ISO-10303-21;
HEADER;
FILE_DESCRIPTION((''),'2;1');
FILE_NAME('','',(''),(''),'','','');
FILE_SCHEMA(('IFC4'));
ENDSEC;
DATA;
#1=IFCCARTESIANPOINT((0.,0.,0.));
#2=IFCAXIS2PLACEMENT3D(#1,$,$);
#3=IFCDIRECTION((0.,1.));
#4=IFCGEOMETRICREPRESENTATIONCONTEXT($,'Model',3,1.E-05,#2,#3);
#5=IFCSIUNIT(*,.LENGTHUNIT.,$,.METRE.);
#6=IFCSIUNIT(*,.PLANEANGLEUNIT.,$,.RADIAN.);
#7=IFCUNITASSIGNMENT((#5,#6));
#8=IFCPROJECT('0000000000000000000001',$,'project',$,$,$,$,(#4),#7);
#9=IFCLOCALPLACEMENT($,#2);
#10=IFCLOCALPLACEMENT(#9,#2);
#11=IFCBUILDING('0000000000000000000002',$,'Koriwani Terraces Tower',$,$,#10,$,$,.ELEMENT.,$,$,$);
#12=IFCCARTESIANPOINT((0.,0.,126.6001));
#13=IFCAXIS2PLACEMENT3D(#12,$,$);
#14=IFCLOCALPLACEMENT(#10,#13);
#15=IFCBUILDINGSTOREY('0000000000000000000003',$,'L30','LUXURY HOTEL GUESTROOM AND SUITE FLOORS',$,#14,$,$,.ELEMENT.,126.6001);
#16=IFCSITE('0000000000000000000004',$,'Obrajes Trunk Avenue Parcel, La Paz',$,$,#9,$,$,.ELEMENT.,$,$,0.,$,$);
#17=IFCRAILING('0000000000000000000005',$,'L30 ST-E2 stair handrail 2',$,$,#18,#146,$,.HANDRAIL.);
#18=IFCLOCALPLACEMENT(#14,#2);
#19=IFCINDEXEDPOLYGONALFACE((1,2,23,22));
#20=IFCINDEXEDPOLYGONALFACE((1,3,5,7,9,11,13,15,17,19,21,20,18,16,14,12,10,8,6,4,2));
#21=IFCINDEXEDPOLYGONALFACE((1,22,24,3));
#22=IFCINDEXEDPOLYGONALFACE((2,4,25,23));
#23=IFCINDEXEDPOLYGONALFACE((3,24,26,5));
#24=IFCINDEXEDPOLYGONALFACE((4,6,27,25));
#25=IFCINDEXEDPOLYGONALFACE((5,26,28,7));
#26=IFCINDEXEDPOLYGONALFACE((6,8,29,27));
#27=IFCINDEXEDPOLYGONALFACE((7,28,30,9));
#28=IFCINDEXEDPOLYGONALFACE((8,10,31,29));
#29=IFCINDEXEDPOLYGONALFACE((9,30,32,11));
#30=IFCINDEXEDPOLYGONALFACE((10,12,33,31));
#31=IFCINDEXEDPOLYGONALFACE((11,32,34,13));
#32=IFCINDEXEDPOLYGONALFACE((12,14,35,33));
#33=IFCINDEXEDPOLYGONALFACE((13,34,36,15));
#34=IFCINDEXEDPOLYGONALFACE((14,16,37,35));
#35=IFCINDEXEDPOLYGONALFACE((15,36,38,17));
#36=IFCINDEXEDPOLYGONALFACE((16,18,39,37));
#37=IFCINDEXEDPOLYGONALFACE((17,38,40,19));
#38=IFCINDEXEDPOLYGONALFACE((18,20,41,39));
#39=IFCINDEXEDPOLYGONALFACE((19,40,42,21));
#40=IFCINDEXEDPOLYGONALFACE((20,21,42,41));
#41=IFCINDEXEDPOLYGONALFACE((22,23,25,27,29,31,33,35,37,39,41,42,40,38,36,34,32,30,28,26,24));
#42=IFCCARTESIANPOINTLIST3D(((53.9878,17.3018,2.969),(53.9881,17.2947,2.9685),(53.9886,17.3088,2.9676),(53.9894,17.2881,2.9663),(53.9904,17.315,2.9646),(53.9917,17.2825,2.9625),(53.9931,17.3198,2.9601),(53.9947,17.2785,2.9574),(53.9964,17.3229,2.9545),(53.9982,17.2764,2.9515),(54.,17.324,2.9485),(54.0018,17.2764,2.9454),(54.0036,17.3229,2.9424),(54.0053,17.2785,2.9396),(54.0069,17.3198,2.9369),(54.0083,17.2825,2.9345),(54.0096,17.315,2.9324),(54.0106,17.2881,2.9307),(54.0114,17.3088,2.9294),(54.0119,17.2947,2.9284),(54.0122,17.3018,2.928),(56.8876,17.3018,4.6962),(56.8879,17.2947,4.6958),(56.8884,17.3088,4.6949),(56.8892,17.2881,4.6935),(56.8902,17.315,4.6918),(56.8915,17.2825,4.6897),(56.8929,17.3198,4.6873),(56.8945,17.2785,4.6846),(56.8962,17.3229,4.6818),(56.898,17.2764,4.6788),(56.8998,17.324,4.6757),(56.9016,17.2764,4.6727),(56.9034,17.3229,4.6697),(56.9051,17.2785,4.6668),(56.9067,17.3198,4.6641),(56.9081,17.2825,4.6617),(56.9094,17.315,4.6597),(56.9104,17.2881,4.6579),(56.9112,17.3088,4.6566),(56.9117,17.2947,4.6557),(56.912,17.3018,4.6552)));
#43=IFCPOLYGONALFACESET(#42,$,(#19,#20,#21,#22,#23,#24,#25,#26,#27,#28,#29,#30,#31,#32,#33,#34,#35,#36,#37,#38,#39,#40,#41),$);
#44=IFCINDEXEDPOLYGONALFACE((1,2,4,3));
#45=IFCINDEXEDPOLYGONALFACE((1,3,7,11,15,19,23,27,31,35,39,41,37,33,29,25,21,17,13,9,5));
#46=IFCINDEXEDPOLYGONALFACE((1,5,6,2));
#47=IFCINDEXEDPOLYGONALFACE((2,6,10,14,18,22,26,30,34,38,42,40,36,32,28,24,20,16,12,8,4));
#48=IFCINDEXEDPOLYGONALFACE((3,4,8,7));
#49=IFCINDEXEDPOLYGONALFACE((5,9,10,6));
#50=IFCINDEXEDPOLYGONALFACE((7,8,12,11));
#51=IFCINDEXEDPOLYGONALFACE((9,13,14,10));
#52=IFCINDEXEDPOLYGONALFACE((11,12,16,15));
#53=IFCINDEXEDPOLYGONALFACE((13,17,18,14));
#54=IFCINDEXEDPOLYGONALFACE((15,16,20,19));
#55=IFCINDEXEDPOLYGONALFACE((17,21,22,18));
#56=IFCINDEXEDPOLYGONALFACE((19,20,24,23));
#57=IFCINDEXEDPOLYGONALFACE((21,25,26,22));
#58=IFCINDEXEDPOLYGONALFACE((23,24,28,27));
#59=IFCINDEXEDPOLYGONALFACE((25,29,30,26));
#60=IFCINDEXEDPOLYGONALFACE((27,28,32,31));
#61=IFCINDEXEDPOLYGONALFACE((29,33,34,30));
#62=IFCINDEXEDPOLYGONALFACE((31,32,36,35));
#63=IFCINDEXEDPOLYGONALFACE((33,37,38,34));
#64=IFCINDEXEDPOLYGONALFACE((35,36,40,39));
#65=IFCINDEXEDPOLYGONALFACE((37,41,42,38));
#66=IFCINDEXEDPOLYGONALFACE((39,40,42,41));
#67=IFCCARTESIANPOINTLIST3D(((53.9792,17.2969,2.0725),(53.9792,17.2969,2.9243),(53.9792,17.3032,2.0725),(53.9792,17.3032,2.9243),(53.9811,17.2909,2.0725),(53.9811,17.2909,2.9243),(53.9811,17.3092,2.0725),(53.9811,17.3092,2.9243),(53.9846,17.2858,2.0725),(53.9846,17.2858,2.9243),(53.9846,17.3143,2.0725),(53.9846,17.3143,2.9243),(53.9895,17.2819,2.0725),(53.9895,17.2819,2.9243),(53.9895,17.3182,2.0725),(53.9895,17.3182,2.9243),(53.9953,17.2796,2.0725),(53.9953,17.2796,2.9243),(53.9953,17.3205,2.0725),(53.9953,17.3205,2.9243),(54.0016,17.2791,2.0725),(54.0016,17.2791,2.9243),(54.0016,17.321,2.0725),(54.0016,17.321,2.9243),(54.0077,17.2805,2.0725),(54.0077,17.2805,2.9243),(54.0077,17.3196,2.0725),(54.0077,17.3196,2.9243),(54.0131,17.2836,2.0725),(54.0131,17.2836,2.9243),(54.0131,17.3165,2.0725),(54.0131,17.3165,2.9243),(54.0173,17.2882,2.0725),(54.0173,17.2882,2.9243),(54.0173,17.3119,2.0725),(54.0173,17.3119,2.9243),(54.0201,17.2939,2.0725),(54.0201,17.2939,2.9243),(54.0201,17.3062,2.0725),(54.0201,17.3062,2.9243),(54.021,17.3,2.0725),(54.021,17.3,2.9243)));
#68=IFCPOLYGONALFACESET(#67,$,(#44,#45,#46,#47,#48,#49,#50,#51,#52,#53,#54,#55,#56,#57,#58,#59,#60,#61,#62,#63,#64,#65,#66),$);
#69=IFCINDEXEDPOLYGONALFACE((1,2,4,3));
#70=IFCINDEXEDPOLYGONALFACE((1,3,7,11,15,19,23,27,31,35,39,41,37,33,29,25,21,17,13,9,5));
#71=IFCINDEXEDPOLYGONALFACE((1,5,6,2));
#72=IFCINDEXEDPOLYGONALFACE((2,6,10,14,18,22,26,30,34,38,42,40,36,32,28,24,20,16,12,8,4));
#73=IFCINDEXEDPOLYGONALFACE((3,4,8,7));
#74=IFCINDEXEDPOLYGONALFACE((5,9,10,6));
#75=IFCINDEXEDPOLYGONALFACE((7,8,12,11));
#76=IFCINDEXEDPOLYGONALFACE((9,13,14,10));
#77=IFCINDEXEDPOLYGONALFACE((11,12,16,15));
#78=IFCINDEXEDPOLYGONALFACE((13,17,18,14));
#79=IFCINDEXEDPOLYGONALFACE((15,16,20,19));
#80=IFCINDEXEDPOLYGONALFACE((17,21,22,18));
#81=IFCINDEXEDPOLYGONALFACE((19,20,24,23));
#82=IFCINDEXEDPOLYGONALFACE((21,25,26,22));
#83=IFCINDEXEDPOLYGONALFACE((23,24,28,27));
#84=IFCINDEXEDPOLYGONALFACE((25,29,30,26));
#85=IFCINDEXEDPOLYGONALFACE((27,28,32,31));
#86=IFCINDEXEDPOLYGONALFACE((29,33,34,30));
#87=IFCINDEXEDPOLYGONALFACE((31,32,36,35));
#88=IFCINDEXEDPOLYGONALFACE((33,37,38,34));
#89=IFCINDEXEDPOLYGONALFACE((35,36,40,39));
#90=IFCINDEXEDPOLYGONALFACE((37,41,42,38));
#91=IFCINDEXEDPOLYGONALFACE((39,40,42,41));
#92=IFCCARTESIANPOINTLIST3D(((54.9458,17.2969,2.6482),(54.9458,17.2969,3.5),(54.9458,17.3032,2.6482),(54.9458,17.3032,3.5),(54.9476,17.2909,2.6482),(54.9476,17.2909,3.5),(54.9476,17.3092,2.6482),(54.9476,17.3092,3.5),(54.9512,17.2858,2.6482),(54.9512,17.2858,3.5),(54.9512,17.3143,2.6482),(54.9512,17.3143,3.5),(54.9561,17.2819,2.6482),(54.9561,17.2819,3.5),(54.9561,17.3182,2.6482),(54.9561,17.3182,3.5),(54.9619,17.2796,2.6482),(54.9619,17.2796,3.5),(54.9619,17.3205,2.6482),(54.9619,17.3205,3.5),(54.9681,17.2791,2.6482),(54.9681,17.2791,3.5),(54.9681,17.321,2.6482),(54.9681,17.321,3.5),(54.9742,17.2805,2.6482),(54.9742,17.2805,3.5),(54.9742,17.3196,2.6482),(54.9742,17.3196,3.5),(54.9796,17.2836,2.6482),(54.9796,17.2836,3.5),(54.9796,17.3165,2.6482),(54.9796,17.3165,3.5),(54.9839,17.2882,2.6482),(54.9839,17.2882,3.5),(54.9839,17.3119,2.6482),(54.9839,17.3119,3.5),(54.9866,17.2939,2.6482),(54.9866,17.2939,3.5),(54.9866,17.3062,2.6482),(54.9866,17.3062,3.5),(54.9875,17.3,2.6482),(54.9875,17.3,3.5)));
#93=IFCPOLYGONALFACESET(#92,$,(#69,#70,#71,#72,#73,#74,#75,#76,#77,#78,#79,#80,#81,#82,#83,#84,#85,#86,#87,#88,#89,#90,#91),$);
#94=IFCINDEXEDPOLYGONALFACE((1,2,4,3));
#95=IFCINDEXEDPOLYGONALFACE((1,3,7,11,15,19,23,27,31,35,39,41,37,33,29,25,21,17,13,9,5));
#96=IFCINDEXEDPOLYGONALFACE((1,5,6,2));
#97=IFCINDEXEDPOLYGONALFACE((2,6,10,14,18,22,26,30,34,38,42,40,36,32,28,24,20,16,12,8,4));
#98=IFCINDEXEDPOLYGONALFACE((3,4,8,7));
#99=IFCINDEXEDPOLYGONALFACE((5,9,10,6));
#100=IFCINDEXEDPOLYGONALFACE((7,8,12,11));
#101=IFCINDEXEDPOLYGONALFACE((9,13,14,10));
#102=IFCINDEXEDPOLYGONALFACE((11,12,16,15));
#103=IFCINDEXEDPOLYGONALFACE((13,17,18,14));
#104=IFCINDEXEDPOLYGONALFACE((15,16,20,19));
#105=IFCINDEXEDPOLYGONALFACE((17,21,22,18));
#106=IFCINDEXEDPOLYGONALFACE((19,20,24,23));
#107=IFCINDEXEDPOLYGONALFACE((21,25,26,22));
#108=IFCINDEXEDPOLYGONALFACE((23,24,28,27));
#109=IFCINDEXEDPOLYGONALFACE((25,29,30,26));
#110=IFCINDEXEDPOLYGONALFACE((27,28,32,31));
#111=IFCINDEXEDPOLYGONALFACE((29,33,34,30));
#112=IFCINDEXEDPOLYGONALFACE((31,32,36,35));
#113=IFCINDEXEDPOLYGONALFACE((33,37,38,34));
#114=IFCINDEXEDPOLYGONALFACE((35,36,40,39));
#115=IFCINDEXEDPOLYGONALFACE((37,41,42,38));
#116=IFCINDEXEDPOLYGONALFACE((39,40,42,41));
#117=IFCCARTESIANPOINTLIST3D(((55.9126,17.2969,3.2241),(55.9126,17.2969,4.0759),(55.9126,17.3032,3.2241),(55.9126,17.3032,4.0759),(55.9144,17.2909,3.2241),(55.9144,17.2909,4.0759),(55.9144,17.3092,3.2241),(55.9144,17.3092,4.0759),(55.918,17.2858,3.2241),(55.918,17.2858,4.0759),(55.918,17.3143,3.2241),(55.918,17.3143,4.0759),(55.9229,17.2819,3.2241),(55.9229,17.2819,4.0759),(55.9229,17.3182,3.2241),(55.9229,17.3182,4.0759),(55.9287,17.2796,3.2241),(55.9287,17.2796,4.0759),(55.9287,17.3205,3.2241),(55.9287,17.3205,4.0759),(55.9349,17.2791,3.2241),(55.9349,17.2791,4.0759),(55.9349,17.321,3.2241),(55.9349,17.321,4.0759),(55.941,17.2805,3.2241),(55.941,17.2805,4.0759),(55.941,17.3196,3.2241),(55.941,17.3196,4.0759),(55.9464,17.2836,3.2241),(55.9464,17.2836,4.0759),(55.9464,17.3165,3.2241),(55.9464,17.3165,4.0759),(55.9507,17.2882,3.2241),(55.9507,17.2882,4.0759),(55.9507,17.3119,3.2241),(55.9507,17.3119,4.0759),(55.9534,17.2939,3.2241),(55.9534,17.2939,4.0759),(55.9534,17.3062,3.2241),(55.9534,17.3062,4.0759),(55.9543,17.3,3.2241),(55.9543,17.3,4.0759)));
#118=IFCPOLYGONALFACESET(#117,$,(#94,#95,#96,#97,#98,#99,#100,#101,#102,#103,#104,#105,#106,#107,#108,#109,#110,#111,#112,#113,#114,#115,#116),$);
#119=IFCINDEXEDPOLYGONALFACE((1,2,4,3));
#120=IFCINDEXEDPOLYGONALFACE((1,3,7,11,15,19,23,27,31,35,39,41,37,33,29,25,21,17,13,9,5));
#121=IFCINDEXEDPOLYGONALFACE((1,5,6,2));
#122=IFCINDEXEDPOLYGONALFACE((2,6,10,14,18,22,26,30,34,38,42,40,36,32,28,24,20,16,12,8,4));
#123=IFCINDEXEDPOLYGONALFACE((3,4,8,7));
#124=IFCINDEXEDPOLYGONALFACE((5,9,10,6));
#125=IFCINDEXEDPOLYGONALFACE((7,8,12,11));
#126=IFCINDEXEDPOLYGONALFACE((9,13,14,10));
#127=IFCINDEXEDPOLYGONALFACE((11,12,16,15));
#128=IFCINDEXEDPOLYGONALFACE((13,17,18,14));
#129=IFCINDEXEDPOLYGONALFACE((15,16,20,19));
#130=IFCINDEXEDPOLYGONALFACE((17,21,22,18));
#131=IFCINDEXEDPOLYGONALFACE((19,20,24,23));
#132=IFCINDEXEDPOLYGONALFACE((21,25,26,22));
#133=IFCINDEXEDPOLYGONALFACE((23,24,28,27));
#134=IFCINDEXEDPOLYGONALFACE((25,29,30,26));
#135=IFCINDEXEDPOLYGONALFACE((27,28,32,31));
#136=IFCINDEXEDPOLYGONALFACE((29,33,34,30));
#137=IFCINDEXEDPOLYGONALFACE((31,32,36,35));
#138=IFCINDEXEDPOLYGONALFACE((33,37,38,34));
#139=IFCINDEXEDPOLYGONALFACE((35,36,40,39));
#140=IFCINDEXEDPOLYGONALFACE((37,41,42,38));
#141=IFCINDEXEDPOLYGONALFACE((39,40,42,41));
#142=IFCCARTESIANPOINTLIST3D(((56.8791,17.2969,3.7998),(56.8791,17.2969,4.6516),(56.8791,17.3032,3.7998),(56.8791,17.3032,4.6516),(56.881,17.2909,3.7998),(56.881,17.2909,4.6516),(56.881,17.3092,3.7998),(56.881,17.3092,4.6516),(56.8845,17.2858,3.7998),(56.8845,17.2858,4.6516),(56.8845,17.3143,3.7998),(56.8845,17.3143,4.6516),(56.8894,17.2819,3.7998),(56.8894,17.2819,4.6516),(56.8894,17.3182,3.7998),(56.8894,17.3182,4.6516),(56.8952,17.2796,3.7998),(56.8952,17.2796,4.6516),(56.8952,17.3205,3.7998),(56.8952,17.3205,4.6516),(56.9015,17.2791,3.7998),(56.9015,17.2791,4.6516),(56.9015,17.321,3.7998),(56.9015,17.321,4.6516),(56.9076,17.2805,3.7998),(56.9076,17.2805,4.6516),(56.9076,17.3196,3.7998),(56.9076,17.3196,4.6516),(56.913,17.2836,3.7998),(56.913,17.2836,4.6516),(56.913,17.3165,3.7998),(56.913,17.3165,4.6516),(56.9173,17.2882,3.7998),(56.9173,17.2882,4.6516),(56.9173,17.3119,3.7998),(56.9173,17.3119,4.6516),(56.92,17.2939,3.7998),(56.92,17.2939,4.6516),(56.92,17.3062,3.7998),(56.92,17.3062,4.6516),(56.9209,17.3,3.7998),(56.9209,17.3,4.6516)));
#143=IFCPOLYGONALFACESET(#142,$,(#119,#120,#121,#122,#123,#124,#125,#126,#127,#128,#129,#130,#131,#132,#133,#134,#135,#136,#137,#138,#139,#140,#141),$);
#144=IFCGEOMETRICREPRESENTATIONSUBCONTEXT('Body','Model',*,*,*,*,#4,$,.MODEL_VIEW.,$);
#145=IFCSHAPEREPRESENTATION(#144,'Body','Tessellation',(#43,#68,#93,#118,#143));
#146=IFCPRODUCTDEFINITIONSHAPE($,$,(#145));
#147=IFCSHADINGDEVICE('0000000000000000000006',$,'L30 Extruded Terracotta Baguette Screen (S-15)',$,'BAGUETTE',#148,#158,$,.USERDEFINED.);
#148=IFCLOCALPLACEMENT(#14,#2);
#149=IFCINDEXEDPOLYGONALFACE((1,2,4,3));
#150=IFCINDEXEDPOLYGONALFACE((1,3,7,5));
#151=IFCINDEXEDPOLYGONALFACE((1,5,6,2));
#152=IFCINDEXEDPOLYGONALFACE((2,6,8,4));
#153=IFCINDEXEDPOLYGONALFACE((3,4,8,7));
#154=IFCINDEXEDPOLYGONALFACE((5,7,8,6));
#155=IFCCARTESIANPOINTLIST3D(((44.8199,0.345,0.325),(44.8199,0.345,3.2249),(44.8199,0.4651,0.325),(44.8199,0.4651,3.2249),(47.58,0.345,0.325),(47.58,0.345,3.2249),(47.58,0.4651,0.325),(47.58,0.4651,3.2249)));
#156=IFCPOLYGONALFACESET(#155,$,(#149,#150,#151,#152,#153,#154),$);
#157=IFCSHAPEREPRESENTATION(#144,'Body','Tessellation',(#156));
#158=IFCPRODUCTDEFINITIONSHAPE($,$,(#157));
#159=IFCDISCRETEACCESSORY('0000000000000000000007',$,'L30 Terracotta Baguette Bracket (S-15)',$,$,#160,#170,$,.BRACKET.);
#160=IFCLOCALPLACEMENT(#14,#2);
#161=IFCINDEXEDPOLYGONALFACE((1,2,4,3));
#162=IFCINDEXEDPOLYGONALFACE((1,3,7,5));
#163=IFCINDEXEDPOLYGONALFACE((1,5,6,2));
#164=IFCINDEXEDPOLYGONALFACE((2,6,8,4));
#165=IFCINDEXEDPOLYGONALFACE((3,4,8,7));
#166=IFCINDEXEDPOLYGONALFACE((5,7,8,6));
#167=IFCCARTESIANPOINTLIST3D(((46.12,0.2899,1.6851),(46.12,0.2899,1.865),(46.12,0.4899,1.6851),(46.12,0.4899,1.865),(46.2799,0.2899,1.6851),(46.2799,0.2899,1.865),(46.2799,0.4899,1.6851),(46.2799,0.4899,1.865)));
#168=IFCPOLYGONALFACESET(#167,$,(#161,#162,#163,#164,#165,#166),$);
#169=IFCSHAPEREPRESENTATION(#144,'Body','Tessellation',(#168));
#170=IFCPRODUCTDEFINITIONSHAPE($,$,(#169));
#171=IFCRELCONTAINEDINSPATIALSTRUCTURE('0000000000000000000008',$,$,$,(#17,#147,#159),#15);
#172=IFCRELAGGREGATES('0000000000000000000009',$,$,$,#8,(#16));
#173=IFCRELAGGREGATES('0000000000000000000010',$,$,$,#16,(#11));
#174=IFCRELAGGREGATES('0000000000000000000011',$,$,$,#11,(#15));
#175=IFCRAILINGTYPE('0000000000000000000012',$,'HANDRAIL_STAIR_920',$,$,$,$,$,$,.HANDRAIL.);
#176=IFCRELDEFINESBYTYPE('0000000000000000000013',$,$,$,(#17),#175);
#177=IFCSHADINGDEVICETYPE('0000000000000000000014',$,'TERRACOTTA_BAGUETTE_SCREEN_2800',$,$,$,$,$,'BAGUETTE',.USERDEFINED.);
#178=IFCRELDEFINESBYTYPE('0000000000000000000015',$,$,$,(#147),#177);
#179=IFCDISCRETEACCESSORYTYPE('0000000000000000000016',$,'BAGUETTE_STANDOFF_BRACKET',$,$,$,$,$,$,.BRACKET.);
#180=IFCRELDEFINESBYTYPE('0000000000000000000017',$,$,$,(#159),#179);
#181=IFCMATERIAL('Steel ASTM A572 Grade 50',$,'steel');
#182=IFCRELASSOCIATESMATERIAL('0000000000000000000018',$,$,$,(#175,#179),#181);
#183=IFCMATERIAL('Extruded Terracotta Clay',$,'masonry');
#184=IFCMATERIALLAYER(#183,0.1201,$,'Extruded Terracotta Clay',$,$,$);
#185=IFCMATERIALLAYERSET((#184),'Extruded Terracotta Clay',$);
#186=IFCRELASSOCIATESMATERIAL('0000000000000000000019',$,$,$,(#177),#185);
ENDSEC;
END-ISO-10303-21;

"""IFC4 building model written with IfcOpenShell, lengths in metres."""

from ifc_helpers import new_model, si_unit, direction, frame, origin, origin_2d, place, context, subcontext, project, spatial, rectangle, circle, extrude, material, layer, layer_set, type_object, element, save


model = new_model("IFC4")

# Units and contexts
model_context = context("Model", 3, precision=1e-05, world=origin(), true_north=direction((0.0, 1.0)))
body_context = subcontext(model_context, "Body", "Model", "MODEL_VIEW")
ifc_project = project(units=[si_unit("LENGTHUNIT", "METRE"), si_unit("PLANEANGLEUNIT", "RADIAN")], contexts=[model_context])

# Site, building, storey
site_placement = place(None, origin())
site = spatial("IfcSite", under=ifc_project, at=site_placement, Name="Obrajes Trunk Avenue Parcel, La Paz", CompositionType="ELEMENT", RefElevation=0.0)
building_placement = place(site_placement, origin())
building = spatial("IfcBuilding", under=site, at=building_placement, Name="Koriwani Terraces Tower", CompositionType="ELEMENT")
storey_placement = place(building_placement, frame((0.0, 0.0, 126.6001)))
storey = spatial("IfcBuildingStorey", under=building, at=storey_placement, Name="L30", Description="LUXURY HOTEL GUESTROOM AND SUITE FLOORS", CompositionType="ELEMENT", Elevation=126.6001)

# Shared definitions
ifc_material_1 = material(Name="Steel ASTM A572 Grade 50", Category="steel")

# Railing
railing_type = type_object("IfcRailingType", Name="HANDRAIL_STAIR_920", PredefinedType="HANDRAIL", material=ifc_material_1)
for number, where, name in (
    (1, (54.0, 17.3, 2.0725), "L30 ST-E2 stair handrail 2"),
):
    element("IfcRailing", number, at=place(storey_placement, frame(where)), inside=storey, type_object=railing_type, Name=name, PredefinedType="HANDRAIL", context=body_context, shape_type="SweptSolid", body=[
        extrude(circle(Radius=0.0239, at=origin_2d()), frame((0.0, 0.0, 0.876), z_axis=(0.859141, 0.0, 0.511738), x_axis=(0.0, 1.0, 0.0)), (0.0, 0.0, 1.0), 3.3752),
        extrude(circle(Radius=0.021, at=origin_2d()), origin(), (0.0, 0.0, 1.0), 0.8518),
        extrude(circle(Radius=0.021, at=origin_2d()), frame((0.9666, 0.0, 0.5757)), (0.0, 0.0, 1.0), 0.8518),
        extrude(circle(Radius=0.021, at=origin_2d()), frame((1.9333, 0.0, 1.1516)), (0.0, 0.0, 1.0), 0.8518),
        extrude(circle(Radius=0.021, at=origin_2d()), frame((2.8999, 0.0, 1.7273)), (0.0, 0.0, 1.0), 0.8518),
    ])

# Shading device
ifc_material_2 = material(Name="Extruded Terracotta Clay", Category="masonry")
ifc_layer_1 = layer(ifc_material_2, 0.1201, Name="Extruded Terracotta Clay")
ifc_layer_set_1 = layer_set([ifc_layer_1], Name="Extruded Terracotta Clay")
shading_device_type = type_object("IfcShadingDeviceType", Name="TERRACOTTA_BAGUETTE_SCREEN_2800", ElementType="BAGUETTE", PredefinedType="USERDEFINED", material=ifc_layer_set_1)
shading_device_placement = place(storey_placement, frame((46.2, 0.405, 0.325), z_axis=(0.0, 0.0, 1.0), x_axis=(-1.0, 0.0, 0.0)))
element("IfcShadingDevice", 2, at=shading_device_placement, inside=storey, type_object=shading_device_type, Name="L30 Extruded Terracotta Baguette Screen (S-15)", ObjectType="BAGUETTE", PredefinedType="USERDEFINED", context=body_context, shape_type="SweptSolid", body=[
    extrude(rectangle(XDim=2.76, YDim=0.1201, at=origin_2d()), origin(), (0.0, 0.0, 1.0), 2.8999),
])

# Discrete accessory
discrete_accessory_type = type_object("IfcDiscreteAccessoryType", Name="BAGUETTE_STANDOFF_BRACKET", PredefinedType="BRACKET", material=ifc_material_1)
discrete_accessory_placement = place(storey_placement, frame((46.2, 0.3899, 1.6851), z_axis=(0.0, 0.0, 1.0), x_axis=(-1.0, 0.0, 0.0)))
element("IfcDiscreteAccessory", 3, at=discrete_accessory_placement, inside=storey, type_object=discrete_accessory_type, Name="L30 Terracotta Baguette Bracket (S-15)", PredefinedType="BRACKET", context=body_context, shape_type="SweptSolid", body=[
    extrude(rectangle(XDim=0.1599, YDim=0.2, at=origin_2d()), origin(), (0.0, 0.0, 1.0), 0.1799),
])

save(model, "model.ifc")
